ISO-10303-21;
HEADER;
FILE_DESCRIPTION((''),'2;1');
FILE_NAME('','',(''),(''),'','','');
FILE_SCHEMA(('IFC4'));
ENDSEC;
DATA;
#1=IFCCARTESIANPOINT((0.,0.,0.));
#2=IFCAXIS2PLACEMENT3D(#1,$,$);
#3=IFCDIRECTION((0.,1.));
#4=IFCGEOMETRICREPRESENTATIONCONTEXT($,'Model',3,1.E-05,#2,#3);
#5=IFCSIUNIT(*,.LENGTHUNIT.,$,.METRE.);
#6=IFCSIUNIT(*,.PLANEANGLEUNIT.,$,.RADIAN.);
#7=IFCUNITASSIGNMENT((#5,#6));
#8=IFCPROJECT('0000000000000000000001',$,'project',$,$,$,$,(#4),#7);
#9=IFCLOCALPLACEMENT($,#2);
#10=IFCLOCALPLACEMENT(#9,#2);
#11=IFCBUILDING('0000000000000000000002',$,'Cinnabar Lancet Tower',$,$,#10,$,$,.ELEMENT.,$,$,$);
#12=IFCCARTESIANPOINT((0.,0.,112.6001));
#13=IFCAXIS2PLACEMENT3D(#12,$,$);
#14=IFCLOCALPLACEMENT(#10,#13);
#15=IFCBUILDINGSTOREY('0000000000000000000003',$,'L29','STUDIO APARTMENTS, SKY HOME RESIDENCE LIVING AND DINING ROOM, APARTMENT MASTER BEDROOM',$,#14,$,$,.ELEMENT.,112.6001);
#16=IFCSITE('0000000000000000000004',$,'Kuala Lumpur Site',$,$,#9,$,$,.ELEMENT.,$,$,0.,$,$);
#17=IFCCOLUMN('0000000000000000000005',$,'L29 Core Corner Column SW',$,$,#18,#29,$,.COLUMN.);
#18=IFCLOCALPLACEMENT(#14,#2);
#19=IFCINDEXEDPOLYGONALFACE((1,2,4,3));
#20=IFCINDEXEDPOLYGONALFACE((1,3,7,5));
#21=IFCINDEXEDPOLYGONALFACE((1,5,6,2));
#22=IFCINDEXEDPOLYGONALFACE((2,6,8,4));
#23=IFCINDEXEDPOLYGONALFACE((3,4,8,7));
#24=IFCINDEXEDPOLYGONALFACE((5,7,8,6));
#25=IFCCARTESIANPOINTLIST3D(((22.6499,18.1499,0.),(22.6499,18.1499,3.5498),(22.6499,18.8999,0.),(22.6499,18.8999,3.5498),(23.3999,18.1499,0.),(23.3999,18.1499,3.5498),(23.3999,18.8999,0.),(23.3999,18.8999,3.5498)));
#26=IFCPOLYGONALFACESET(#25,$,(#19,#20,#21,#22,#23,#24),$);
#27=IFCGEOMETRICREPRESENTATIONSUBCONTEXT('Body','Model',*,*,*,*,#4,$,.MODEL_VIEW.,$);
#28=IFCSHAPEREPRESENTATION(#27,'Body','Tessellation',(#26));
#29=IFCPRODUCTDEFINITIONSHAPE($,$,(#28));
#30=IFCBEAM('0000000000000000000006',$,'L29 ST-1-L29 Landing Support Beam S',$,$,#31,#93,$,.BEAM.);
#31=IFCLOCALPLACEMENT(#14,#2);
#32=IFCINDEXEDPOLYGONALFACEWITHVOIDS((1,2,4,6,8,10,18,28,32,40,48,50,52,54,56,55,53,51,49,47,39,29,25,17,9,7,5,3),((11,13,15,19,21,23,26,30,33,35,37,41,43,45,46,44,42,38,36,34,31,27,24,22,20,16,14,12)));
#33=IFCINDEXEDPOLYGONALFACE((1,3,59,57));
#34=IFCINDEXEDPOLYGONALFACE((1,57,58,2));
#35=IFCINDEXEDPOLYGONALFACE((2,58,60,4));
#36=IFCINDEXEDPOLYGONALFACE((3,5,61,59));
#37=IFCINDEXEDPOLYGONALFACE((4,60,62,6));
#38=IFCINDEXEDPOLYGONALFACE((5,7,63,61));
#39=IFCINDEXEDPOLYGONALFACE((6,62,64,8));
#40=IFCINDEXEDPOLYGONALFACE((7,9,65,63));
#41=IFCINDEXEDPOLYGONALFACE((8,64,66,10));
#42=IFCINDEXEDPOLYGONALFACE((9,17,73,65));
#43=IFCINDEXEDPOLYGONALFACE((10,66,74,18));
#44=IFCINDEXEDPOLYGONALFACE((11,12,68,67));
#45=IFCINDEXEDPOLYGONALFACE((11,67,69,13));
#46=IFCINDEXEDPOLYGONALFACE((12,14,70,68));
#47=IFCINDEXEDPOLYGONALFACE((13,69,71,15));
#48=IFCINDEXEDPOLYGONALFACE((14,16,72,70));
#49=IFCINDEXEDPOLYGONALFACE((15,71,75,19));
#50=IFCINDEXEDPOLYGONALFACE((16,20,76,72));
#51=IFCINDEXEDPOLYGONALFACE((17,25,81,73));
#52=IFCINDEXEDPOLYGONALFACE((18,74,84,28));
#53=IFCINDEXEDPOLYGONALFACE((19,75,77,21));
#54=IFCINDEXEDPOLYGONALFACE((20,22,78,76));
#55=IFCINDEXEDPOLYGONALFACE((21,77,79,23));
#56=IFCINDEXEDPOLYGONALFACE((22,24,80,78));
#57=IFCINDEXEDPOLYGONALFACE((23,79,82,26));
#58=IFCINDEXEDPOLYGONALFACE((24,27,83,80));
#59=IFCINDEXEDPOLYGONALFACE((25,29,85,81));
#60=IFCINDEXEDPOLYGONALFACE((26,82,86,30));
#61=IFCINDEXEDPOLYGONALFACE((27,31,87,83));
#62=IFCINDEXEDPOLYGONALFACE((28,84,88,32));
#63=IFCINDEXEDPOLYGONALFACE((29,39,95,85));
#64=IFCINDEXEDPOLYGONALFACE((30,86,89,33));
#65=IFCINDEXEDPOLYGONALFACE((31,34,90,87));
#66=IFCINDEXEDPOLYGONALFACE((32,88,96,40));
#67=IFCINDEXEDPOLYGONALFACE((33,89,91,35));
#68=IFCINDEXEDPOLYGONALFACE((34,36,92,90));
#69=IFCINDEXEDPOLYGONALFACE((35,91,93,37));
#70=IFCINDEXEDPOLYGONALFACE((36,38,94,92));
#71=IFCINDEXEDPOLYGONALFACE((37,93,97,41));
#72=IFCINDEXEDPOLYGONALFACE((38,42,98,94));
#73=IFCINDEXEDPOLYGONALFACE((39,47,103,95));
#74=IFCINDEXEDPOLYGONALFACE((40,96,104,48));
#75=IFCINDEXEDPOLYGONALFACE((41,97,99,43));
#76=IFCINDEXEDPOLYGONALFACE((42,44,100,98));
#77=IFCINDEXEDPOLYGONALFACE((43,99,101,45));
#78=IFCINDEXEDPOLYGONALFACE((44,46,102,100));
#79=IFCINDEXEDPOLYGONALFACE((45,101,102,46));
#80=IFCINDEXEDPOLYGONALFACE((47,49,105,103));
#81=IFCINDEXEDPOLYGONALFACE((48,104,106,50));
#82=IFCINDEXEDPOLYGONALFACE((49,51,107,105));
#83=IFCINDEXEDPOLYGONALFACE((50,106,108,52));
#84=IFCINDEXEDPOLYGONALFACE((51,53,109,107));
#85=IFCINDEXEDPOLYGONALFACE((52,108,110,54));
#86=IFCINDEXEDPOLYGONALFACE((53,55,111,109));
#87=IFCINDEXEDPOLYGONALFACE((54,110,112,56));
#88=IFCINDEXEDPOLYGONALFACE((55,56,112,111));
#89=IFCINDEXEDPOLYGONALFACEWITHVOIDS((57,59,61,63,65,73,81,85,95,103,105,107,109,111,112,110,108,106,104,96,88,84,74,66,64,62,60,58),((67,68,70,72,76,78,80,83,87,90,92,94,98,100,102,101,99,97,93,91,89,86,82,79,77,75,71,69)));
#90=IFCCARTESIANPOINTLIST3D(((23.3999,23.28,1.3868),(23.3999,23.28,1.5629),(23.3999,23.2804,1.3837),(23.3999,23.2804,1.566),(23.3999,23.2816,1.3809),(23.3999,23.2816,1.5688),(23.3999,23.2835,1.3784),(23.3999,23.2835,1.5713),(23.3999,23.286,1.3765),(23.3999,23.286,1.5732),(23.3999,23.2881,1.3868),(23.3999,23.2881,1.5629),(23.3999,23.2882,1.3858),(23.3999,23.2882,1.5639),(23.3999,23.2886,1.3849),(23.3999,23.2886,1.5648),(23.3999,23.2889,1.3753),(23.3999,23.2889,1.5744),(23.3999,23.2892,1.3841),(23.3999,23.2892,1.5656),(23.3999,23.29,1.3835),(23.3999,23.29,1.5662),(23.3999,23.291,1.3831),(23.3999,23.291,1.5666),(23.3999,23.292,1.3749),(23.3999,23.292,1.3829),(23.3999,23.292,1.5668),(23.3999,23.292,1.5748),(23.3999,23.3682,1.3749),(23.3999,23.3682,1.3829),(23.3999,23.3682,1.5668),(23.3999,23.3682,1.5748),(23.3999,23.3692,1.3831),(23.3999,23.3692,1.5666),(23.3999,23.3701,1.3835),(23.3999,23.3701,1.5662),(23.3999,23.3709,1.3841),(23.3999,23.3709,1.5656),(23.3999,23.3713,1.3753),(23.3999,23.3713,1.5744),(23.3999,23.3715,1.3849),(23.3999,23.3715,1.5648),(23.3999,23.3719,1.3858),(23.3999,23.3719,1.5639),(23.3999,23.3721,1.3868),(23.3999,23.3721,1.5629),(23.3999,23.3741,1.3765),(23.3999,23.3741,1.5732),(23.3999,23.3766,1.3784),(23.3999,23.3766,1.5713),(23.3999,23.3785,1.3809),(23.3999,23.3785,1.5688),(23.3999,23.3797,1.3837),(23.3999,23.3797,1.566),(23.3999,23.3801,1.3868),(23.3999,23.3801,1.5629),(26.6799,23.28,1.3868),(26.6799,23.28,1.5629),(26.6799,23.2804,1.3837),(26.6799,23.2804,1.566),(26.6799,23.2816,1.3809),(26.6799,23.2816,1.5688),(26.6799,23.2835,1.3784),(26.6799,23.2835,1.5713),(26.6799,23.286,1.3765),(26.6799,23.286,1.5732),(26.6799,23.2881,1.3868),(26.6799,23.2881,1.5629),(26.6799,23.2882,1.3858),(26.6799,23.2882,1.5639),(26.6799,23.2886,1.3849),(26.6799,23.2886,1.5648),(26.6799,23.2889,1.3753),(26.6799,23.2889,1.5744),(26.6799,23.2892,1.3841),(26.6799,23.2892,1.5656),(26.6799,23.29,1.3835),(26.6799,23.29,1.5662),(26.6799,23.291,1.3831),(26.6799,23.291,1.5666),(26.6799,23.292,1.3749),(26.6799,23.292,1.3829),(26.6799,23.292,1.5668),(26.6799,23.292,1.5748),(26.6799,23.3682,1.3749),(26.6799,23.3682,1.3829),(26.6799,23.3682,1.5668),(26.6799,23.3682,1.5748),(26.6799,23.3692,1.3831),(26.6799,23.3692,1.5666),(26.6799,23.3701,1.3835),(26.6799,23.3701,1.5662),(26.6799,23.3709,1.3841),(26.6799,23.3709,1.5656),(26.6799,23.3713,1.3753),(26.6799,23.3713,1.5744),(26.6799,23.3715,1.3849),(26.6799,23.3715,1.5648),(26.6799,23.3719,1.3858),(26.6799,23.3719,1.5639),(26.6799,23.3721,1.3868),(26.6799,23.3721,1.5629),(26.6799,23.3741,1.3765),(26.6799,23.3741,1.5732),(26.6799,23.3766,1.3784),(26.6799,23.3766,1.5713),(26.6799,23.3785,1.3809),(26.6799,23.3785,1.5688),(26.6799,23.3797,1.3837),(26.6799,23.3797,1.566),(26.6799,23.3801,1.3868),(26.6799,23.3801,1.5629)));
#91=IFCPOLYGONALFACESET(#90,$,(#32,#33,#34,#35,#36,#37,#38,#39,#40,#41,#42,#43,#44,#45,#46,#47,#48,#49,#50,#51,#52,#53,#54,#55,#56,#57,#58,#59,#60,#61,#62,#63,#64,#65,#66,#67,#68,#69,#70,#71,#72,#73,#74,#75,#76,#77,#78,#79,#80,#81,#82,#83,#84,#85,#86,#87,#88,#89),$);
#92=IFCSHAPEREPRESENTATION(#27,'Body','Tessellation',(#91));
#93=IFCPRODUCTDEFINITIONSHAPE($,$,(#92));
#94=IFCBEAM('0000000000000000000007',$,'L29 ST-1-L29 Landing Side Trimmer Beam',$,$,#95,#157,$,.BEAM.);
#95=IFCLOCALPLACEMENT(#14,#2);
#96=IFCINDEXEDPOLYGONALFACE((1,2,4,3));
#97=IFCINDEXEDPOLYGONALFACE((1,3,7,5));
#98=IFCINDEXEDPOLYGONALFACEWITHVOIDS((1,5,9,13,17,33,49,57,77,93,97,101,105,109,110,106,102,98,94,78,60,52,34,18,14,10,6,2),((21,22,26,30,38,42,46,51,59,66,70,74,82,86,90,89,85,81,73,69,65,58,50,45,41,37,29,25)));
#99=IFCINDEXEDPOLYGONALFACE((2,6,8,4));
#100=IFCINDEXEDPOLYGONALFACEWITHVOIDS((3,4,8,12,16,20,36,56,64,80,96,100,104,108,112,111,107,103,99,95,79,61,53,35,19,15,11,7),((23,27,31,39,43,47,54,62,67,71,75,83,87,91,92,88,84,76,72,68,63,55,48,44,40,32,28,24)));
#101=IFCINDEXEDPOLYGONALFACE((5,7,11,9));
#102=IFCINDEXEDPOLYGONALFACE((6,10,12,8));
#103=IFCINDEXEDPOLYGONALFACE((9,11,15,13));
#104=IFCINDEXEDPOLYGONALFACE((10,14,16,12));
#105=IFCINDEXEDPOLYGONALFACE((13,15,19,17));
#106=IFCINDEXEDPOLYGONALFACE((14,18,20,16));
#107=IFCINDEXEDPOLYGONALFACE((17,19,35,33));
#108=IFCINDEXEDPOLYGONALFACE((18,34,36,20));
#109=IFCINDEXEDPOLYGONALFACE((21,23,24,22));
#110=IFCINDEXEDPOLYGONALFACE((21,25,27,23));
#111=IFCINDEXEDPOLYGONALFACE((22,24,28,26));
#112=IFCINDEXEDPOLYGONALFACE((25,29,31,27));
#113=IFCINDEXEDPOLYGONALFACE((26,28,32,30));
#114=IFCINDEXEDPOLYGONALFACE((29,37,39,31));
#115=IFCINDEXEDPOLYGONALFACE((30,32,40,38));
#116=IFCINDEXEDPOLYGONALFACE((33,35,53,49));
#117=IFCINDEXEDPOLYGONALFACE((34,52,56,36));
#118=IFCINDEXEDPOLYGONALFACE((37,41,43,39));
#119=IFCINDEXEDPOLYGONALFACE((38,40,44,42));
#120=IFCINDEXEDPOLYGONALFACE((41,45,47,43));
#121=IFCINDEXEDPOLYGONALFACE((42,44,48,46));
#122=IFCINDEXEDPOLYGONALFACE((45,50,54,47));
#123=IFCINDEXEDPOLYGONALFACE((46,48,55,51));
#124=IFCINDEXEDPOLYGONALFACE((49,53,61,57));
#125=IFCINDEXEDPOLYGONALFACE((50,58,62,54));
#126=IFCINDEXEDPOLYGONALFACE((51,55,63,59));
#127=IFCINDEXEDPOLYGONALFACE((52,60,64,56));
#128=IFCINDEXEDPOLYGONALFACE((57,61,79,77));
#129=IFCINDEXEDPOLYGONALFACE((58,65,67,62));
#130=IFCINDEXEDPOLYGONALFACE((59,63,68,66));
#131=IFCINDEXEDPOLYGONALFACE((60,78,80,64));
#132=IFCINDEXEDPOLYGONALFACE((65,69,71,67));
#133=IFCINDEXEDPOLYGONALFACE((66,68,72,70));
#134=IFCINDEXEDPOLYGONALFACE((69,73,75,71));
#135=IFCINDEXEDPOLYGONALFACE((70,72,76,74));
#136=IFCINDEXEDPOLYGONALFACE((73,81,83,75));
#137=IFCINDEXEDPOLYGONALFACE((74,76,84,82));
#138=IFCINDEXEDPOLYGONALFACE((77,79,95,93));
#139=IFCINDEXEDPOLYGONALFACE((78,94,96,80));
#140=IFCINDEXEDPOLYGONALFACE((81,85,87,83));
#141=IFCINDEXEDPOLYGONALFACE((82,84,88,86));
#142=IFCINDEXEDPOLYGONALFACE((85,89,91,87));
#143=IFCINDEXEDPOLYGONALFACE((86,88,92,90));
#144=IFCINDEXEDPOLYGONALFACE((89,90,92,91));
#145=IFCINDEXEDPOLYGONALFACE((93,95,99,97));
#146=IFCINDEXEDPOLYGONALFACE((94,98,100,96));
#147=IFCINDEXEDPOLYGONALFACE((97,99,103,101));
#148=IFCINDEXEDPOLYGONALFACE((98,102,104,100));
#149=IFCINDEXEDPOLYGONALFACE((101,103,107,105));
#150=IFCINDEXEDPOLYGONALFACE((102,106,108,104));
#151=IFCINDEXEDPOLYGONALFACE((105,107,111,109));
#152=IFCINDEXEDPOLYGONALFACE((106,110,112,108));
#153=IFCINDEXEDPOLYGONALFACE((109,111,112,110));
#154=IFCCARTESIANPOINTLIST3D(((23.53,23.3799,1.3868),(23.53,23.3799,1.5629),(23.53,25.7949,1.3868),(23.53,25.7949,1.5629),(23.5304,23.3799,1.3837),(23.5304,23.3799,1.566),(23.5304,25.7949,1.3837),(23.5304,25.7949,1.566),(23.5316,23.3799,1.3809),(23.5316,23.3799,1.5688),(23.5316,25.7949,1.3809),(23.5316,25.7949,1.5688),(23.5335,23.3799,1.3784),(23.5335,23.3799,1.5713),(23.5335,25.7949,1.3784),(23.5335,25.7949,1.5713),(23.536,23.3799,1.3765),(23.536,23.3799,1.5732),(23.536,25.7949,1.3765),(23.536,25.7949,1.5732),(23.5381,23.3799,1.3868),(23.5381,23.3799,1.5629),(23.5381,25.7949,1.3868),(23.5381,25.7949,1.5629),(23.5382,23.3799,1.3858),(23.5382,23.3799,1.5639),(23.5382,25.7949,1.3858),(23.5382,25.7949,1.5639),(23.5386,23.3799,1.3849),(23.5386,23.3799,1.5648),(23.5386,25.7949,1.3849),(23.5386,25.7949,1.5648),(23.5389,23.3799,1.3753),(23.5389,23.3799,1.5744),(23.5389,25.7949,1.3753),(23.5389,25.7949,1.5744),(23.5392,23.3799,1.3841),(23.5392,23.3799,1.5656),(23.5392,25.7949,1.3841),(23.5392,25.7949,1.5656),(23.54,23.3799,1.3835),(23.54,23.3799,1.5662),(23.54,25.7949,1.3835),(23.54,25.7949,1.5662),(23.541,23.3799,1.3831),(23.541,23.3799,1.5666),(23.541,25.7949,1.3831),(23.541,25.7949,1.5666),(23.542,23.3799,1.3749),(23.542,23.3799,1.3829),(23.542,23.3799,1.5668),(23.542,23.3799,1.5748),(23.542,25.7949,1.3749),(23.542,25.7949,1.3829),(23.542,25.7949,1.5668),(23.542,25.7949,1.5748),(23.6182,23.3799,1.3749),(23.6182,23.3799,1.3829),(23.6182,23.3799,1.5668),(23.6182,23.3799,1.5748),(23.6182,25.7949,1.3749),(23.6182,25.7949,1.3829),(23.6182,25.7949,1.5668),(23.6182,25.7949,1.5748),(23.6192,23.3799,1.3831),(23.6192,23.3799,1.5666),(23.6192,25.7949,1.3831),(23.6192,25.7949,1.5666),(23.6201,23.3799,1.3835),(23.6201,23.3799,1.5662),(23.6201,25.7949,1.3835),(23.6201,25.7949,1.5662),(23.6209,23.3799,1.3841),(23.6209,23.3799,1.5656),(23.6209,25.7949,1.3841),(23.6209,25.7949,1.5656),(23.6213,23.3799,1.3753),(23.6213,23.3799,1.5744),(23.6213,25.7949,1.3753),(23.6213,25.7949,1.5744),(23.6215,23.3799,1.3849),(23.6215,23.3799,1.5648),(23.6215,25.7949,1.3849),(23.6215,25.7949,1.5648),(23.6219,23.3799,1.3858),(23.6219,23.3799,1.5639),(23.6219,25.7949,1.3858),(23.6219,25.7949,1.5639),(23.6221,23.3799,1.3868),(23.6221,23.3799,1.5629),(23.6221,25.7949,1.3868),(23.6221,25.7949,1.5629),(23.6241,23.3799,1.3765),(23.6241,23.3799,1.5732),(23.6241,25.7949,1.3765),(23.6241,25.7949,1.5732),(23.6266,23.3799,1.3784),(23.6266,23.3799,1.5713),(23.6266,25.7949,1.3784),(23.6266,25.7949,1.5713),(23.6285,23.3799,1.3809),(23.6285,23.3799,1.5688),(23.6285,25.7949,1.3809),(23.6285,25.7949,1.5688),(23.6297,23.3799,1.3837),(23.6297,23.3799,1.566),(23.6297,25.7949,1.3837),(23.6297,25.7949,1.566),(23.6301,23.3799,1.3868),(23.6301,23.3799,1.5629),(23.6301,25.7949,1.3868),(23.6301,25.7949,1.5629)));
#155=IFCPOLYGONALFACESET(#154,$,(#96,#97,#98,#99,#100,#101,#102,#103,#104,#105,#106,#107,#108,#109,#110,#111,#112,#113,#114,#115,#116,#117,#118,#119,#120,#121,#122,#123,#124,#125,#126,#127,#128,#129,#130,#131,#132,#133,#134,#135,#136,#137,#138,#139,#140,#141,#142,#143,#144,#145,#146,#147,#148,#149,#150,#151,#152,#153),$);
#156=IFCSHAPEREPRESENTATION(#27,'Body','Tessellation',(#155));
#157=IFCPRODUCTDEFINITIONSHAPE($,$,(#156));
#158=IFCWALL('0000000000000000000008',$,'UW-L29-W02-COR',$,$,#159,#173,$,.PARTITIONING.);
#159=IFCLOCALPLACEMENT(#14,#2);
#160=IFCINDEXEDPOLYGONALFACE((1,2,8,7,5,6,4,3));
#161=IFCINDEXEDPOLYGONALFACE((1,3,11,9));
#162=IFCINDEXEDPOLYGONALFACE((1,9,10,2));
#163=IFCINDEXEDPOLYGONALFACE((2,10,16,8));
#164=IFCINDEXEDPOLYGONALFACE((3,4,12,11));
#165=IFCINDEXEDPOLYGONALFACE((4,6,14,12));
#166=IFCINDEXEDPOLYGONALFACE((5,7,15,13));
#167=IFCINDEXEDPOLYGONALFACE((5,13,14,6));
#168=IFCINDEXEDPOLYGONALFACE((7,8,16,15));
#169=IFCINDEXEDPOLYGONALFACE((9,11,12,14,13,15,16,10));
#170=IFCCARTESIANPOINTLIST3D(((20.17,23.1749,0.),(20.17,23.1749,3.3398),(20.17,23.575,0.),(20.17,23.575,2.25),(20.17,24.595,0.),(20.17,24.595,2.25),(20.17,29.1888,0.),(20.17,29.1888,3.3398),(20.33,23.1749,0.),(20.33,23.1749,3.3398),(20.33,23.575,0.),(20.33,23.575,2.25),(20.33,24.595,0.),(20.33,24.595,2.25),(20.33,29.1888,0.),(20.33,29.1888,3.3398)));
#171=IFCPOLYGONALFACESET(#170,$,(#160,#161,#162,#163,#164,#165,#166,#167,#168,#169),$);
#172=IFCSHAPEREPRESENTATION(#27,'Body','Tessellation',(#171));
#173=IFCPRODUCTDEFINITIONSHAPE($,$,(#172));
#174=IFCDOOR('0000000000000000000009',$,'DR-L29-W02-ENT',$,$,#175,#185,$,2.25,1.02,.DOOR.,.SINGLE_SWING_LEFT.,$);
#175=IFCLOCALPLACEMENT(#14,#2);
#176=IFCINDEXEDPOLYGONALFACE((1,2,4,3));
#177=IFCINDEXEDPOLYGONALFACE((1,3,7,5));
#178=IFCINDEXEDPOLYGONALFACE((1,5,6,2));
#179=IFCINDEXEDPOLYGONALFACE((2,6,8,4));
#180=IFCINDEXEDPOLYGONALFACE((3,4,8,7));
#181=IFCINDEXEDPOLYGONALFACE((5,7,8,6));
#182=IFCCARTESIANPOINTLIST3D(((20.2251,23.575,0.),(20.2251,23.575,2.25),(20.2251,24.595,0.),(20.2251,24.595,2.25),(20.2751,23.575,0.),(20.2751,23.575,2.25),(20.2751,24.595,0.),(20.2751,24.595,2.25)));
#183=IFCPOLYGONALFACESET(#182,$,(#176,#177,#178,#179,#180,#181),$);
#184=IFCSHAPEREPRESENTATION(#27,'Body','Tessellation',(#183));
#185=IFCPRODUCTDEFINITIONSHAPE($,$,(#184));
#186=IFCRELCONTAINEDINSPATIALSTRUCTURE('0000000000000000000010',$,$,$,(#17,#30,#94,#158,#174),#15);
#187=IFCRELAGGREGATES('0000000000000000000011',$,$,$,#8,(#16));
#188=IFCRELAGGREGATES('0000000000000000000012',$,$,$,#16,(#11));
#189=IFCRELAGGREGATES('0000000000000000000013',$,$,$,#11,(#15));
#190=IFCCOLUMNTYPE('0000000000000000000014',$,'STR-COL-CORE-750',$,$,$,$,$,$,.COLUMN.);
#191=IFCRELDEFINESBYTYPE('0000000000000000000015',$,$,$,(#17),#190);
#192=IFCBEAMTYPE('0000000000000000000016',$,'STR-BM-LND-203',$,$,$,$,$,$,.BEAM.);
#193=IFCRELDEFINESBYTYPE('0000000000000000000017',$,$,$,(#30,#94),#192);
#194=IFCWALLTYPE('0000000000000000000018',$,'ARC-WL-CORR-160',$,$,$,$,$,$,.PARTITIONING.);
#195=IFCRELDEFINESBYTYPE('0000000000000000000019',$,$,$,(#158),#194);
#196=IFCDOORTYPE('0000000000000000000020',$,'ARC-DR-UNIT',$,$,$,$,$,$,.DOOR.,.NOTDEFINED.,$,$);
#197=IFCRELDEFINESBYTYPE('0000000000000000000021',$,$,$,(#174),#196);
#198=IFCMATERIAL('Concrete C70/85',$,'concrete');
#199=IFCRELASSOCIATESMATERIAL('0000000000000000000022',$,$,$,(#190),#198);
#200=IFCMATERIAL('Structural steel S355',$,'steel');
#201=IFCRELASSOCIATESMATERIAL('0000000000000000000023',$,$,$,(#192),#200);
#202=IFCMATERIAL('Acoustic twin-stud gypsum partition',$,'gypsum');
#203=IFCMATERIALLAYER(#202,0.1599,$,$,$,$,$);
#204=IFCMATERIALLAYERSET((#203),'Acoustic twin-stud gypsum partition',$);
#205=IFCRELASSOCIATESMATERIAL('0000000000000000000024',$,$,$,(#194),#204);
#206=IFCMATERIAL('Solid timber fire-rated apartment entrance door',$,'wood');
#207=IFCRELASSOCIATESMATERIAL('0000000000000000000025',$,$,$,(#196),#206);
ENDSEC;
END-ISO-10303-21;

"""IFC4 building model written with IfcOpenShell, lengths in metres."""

from ifc_helpers import new_model, si_unit, direction, frame, frame_2d, origin, origin_2d, place, context, subcontext, project, spatial, rectangle, hollow_rectangle, extrude, material, layer, layer_set, material_profile, profile_set, type_object, element, fill, save


model = new_model("IFC4")

# Units and contexts
model_context = context("Model", 3, precision=1e-05, world=origin(), true_north=direction((0.0, 1.0)))
body_context = subcontext(model_context, "Body", "Model", "MODEL_VIEW")
ifc_project = project(units=[si_unit("LENGTHUNIT", "METRE"), si_unit("PLANEANGLEUNIT", "RADIAN")], contexts=[model_context])

# Site, building, storey
site_placement = place(None, origin())
site = spatial("IfcSite", under=ifc_project, at=site_placement, Name="Kuala Lumpur Site", CompositionType="ELEMENT", RefElevation=0.0)
building_placement = place(site_placement, origin())
building = spatial("IfcBuilding", under=site, at=building_placement, Name="Cinnabar Lancet Tower", CompositionType="ELEMENT")
storey_placement = place(building_placement, frame((0.0, 0.0, 112.6001)))
storey = spatial("IfcBuildingStorey", under=building, at=storey_placement, Name="L29", Description="STUDIO APARTMENTS, SKY HOME RESIDENCE LIVING AND DINING ROOM, APARTMENT MASTER BEDROOM", CompositionType="ELEMENT", Elevation=112.6001)

# Column
ifc_material_1 = material(Name="Concrete C70/85", Category="concrete")
ifc_material_profile_1 = material_profile(ifc_material_1, rectangle(XDim=0.75, YDim=0.75, at=origin_2d()), Name="RC-COL 750x750")
ifc_profile_set_1 = profile_set([ifc_material_profile_1], Name="Concrete C70/85")
column_type = type_object("IfcColumnType", Name="STR-COL-CORE-750", PredefinedType="COLUMN", material=ifc_profile_set_1)
column_placement = place(storey_placement, frame((23.0249, 18.5249, 0.0), z_axis=(0.0, 0.0, 1.0), x_axis=(1.0, 0.0, 0.0)))
element("IfcColumn", 1, at=column_placement, inside=storey, type_object=column_type, Name="L29 Core Corner Column SW", PredefinedType="COLUMN", context=body_context, shape_type="SweptSolid", body=[
    extrude(rectangle(XDim=0.75, YDim=0.75, at=origin_2d()), origin(), (0.0, 0.0, 1.0), 3.5498),
])

# Beams
ifc_material_2 = material(Name="Structural steel S355", Category="steel")
ifc_material_profile_2 = material_profile(ifc_material_2, hollow_rectangle(XDim=0.1001, YDim=0.2, WallThickness=0.0081, InnerFilletRadius=0.0039, OuterFilletRadius=0.012, at=origin_2d()), Name="RHS 200x100x8")
ifc_profile_set_2 = profile_set([ifc_material_profile_2], Name="Structural steel S355")
beam_type = type_object("IfcBeamType", Name="STR-BM-LND-203", PredefinedType="BEAM", material=ifc_profile_set_2)
beam_1_placement = place(storey_placement, frame((23.3999, 23.3301, 1.4749), z_axis=(1.0, 0.0, 0.0), x_axis=(0.0, 1.0, 0.0)))
element("IfcBeam", 2, at=beam_1_placement, inside=storey, type_object=beam_type, Name="L29 ST-1-L29 Landing Support Beam S", PredefinedType="BEAM", context=body_context, shape_type="SweptSolid", body=[
    extrude(hollow_rectangle(XDim=0.1001, YDim=0.2, WallThickness=0.0081, InnerFilletRadius=0.0039, OuterFilletRadius=0.012, at=origin_2d()), origin(), (0.0, 0.0, 1.0), 3.28),
])
beam_2_placement = place(storey_placement, frame((23.5801, 23.3799, 1.4749), z_axis=(0.0, 1.0, 0.0), x_axis=(-1.0, 0.0, 0.0)))
element("IfcBeam", 3, at=beam_2_placement, inside=storey, type_object=beam_type, Name="L29 ST-1-L29 Landing Side Trimmer Beam", PredefinedType="BEAM", context=body_context, shape_type="SweptSolid", body=[
    extrude(hollow_rectangle(XDim=0.1001, YDim=0.2, WallThickness=0.0081, InnerFilletRadius=0.0039, OuterFilletRadius=0.012, at=origin_2d()), origin(), (0.0, 0.0, 1.0), 2.415),
])

# Wall, opening, door
ifc_material_3 = material(Name="Acoustic twin-stud gypsum partition", Category="gypsum")
ifc_layer_1 = layer(ifc_material_3, 0.1599)
ifc_layer_set_1 = layer_set([ifc_layer_1], Name="Acoustic twin-stud gypsum partition")
wall_type_1 = type_object("IfcWallType", Name="ARC-WL-CORR-160", PredefinedType="PARTITIONING", material=ifc_layer_set_1)
wall_1_placement = place(storey_placement, frame((20.25, 23.175, 0.0), z_axis=(0.0, 0.0, 1.0), x_axis=(0.0, 1.0, 0.0)))
wall_1 = element("IfcWall", 4, at=wall_1_placement, inside=storey, type_object=wall_type_1, Name="UW-L29-W02-COR", PredefinedType="PARTITIONING", context=body_context, shape_type="SweptSolid", body=[
    extrude(rectangle(XDim=6.0139, YDim=0.1599, at=frame_2d((3.0068, 0.0))), origin(), (0.0, 0.0, 1.0), 3.3398),
])
opening_1_placement = place(wall_1_placement, frame((0.3999, 0.0, 0.0)))
opening_1 = element("IfcOpeningElement", 5, at=opening_1_placement, cuts=wall_1, PredefinedType="OPENING", context=body_context, shape_type="SweptSolid", body=[
    extrude(rectangle(XDim=1.02, YDim=2.25, at=frame_2d((0.51, 1.125))), frame((0.0, 0.0898, 0.0), z_axis=(0.0, -1.0, 0.0), x_axis=(1.0, 0.0, 0.0)), (0.0, 0.0, 1.0), 0.1799),
])
ifc_material_4 = material(Name="Solid timber fire-rated apartment entrance door", Category="wood")
door_type_1 = type_object("IfcDoorType", Name="ARC-DR-UNIT", OperationType="NOTDEFINED", PredefinedType="DOOR", material=ifc_material_4)
door_1_placement = place(opening_1_placement, origin())
door_1 = element("IfcDoor", 6, at=door_1_placement, inside=storey, type_object=door_type_1, Name="DR-L29-W02-ENT", OperationType="SINGLE_SWING_LEFT", OverallHeight=2.25, OverallWidth=1.02, PredefinedType="DOOR", context=body_context, shape_type="SweptSolid", body=[
    extrude(rectangle(XDim=1.02, YDim=2.25, at=frame_2d((0.51, 1.125))), frame((0.0, 0.0249, 0.0), z_axis=(0.0, -1.0, 0.0), x_axis=(1.0, 0.0, 0.0)), (0.0, 0.0, 1.0), 0.05),
])
fill(opening_1, door_1)

save(model, "model.ifc")
